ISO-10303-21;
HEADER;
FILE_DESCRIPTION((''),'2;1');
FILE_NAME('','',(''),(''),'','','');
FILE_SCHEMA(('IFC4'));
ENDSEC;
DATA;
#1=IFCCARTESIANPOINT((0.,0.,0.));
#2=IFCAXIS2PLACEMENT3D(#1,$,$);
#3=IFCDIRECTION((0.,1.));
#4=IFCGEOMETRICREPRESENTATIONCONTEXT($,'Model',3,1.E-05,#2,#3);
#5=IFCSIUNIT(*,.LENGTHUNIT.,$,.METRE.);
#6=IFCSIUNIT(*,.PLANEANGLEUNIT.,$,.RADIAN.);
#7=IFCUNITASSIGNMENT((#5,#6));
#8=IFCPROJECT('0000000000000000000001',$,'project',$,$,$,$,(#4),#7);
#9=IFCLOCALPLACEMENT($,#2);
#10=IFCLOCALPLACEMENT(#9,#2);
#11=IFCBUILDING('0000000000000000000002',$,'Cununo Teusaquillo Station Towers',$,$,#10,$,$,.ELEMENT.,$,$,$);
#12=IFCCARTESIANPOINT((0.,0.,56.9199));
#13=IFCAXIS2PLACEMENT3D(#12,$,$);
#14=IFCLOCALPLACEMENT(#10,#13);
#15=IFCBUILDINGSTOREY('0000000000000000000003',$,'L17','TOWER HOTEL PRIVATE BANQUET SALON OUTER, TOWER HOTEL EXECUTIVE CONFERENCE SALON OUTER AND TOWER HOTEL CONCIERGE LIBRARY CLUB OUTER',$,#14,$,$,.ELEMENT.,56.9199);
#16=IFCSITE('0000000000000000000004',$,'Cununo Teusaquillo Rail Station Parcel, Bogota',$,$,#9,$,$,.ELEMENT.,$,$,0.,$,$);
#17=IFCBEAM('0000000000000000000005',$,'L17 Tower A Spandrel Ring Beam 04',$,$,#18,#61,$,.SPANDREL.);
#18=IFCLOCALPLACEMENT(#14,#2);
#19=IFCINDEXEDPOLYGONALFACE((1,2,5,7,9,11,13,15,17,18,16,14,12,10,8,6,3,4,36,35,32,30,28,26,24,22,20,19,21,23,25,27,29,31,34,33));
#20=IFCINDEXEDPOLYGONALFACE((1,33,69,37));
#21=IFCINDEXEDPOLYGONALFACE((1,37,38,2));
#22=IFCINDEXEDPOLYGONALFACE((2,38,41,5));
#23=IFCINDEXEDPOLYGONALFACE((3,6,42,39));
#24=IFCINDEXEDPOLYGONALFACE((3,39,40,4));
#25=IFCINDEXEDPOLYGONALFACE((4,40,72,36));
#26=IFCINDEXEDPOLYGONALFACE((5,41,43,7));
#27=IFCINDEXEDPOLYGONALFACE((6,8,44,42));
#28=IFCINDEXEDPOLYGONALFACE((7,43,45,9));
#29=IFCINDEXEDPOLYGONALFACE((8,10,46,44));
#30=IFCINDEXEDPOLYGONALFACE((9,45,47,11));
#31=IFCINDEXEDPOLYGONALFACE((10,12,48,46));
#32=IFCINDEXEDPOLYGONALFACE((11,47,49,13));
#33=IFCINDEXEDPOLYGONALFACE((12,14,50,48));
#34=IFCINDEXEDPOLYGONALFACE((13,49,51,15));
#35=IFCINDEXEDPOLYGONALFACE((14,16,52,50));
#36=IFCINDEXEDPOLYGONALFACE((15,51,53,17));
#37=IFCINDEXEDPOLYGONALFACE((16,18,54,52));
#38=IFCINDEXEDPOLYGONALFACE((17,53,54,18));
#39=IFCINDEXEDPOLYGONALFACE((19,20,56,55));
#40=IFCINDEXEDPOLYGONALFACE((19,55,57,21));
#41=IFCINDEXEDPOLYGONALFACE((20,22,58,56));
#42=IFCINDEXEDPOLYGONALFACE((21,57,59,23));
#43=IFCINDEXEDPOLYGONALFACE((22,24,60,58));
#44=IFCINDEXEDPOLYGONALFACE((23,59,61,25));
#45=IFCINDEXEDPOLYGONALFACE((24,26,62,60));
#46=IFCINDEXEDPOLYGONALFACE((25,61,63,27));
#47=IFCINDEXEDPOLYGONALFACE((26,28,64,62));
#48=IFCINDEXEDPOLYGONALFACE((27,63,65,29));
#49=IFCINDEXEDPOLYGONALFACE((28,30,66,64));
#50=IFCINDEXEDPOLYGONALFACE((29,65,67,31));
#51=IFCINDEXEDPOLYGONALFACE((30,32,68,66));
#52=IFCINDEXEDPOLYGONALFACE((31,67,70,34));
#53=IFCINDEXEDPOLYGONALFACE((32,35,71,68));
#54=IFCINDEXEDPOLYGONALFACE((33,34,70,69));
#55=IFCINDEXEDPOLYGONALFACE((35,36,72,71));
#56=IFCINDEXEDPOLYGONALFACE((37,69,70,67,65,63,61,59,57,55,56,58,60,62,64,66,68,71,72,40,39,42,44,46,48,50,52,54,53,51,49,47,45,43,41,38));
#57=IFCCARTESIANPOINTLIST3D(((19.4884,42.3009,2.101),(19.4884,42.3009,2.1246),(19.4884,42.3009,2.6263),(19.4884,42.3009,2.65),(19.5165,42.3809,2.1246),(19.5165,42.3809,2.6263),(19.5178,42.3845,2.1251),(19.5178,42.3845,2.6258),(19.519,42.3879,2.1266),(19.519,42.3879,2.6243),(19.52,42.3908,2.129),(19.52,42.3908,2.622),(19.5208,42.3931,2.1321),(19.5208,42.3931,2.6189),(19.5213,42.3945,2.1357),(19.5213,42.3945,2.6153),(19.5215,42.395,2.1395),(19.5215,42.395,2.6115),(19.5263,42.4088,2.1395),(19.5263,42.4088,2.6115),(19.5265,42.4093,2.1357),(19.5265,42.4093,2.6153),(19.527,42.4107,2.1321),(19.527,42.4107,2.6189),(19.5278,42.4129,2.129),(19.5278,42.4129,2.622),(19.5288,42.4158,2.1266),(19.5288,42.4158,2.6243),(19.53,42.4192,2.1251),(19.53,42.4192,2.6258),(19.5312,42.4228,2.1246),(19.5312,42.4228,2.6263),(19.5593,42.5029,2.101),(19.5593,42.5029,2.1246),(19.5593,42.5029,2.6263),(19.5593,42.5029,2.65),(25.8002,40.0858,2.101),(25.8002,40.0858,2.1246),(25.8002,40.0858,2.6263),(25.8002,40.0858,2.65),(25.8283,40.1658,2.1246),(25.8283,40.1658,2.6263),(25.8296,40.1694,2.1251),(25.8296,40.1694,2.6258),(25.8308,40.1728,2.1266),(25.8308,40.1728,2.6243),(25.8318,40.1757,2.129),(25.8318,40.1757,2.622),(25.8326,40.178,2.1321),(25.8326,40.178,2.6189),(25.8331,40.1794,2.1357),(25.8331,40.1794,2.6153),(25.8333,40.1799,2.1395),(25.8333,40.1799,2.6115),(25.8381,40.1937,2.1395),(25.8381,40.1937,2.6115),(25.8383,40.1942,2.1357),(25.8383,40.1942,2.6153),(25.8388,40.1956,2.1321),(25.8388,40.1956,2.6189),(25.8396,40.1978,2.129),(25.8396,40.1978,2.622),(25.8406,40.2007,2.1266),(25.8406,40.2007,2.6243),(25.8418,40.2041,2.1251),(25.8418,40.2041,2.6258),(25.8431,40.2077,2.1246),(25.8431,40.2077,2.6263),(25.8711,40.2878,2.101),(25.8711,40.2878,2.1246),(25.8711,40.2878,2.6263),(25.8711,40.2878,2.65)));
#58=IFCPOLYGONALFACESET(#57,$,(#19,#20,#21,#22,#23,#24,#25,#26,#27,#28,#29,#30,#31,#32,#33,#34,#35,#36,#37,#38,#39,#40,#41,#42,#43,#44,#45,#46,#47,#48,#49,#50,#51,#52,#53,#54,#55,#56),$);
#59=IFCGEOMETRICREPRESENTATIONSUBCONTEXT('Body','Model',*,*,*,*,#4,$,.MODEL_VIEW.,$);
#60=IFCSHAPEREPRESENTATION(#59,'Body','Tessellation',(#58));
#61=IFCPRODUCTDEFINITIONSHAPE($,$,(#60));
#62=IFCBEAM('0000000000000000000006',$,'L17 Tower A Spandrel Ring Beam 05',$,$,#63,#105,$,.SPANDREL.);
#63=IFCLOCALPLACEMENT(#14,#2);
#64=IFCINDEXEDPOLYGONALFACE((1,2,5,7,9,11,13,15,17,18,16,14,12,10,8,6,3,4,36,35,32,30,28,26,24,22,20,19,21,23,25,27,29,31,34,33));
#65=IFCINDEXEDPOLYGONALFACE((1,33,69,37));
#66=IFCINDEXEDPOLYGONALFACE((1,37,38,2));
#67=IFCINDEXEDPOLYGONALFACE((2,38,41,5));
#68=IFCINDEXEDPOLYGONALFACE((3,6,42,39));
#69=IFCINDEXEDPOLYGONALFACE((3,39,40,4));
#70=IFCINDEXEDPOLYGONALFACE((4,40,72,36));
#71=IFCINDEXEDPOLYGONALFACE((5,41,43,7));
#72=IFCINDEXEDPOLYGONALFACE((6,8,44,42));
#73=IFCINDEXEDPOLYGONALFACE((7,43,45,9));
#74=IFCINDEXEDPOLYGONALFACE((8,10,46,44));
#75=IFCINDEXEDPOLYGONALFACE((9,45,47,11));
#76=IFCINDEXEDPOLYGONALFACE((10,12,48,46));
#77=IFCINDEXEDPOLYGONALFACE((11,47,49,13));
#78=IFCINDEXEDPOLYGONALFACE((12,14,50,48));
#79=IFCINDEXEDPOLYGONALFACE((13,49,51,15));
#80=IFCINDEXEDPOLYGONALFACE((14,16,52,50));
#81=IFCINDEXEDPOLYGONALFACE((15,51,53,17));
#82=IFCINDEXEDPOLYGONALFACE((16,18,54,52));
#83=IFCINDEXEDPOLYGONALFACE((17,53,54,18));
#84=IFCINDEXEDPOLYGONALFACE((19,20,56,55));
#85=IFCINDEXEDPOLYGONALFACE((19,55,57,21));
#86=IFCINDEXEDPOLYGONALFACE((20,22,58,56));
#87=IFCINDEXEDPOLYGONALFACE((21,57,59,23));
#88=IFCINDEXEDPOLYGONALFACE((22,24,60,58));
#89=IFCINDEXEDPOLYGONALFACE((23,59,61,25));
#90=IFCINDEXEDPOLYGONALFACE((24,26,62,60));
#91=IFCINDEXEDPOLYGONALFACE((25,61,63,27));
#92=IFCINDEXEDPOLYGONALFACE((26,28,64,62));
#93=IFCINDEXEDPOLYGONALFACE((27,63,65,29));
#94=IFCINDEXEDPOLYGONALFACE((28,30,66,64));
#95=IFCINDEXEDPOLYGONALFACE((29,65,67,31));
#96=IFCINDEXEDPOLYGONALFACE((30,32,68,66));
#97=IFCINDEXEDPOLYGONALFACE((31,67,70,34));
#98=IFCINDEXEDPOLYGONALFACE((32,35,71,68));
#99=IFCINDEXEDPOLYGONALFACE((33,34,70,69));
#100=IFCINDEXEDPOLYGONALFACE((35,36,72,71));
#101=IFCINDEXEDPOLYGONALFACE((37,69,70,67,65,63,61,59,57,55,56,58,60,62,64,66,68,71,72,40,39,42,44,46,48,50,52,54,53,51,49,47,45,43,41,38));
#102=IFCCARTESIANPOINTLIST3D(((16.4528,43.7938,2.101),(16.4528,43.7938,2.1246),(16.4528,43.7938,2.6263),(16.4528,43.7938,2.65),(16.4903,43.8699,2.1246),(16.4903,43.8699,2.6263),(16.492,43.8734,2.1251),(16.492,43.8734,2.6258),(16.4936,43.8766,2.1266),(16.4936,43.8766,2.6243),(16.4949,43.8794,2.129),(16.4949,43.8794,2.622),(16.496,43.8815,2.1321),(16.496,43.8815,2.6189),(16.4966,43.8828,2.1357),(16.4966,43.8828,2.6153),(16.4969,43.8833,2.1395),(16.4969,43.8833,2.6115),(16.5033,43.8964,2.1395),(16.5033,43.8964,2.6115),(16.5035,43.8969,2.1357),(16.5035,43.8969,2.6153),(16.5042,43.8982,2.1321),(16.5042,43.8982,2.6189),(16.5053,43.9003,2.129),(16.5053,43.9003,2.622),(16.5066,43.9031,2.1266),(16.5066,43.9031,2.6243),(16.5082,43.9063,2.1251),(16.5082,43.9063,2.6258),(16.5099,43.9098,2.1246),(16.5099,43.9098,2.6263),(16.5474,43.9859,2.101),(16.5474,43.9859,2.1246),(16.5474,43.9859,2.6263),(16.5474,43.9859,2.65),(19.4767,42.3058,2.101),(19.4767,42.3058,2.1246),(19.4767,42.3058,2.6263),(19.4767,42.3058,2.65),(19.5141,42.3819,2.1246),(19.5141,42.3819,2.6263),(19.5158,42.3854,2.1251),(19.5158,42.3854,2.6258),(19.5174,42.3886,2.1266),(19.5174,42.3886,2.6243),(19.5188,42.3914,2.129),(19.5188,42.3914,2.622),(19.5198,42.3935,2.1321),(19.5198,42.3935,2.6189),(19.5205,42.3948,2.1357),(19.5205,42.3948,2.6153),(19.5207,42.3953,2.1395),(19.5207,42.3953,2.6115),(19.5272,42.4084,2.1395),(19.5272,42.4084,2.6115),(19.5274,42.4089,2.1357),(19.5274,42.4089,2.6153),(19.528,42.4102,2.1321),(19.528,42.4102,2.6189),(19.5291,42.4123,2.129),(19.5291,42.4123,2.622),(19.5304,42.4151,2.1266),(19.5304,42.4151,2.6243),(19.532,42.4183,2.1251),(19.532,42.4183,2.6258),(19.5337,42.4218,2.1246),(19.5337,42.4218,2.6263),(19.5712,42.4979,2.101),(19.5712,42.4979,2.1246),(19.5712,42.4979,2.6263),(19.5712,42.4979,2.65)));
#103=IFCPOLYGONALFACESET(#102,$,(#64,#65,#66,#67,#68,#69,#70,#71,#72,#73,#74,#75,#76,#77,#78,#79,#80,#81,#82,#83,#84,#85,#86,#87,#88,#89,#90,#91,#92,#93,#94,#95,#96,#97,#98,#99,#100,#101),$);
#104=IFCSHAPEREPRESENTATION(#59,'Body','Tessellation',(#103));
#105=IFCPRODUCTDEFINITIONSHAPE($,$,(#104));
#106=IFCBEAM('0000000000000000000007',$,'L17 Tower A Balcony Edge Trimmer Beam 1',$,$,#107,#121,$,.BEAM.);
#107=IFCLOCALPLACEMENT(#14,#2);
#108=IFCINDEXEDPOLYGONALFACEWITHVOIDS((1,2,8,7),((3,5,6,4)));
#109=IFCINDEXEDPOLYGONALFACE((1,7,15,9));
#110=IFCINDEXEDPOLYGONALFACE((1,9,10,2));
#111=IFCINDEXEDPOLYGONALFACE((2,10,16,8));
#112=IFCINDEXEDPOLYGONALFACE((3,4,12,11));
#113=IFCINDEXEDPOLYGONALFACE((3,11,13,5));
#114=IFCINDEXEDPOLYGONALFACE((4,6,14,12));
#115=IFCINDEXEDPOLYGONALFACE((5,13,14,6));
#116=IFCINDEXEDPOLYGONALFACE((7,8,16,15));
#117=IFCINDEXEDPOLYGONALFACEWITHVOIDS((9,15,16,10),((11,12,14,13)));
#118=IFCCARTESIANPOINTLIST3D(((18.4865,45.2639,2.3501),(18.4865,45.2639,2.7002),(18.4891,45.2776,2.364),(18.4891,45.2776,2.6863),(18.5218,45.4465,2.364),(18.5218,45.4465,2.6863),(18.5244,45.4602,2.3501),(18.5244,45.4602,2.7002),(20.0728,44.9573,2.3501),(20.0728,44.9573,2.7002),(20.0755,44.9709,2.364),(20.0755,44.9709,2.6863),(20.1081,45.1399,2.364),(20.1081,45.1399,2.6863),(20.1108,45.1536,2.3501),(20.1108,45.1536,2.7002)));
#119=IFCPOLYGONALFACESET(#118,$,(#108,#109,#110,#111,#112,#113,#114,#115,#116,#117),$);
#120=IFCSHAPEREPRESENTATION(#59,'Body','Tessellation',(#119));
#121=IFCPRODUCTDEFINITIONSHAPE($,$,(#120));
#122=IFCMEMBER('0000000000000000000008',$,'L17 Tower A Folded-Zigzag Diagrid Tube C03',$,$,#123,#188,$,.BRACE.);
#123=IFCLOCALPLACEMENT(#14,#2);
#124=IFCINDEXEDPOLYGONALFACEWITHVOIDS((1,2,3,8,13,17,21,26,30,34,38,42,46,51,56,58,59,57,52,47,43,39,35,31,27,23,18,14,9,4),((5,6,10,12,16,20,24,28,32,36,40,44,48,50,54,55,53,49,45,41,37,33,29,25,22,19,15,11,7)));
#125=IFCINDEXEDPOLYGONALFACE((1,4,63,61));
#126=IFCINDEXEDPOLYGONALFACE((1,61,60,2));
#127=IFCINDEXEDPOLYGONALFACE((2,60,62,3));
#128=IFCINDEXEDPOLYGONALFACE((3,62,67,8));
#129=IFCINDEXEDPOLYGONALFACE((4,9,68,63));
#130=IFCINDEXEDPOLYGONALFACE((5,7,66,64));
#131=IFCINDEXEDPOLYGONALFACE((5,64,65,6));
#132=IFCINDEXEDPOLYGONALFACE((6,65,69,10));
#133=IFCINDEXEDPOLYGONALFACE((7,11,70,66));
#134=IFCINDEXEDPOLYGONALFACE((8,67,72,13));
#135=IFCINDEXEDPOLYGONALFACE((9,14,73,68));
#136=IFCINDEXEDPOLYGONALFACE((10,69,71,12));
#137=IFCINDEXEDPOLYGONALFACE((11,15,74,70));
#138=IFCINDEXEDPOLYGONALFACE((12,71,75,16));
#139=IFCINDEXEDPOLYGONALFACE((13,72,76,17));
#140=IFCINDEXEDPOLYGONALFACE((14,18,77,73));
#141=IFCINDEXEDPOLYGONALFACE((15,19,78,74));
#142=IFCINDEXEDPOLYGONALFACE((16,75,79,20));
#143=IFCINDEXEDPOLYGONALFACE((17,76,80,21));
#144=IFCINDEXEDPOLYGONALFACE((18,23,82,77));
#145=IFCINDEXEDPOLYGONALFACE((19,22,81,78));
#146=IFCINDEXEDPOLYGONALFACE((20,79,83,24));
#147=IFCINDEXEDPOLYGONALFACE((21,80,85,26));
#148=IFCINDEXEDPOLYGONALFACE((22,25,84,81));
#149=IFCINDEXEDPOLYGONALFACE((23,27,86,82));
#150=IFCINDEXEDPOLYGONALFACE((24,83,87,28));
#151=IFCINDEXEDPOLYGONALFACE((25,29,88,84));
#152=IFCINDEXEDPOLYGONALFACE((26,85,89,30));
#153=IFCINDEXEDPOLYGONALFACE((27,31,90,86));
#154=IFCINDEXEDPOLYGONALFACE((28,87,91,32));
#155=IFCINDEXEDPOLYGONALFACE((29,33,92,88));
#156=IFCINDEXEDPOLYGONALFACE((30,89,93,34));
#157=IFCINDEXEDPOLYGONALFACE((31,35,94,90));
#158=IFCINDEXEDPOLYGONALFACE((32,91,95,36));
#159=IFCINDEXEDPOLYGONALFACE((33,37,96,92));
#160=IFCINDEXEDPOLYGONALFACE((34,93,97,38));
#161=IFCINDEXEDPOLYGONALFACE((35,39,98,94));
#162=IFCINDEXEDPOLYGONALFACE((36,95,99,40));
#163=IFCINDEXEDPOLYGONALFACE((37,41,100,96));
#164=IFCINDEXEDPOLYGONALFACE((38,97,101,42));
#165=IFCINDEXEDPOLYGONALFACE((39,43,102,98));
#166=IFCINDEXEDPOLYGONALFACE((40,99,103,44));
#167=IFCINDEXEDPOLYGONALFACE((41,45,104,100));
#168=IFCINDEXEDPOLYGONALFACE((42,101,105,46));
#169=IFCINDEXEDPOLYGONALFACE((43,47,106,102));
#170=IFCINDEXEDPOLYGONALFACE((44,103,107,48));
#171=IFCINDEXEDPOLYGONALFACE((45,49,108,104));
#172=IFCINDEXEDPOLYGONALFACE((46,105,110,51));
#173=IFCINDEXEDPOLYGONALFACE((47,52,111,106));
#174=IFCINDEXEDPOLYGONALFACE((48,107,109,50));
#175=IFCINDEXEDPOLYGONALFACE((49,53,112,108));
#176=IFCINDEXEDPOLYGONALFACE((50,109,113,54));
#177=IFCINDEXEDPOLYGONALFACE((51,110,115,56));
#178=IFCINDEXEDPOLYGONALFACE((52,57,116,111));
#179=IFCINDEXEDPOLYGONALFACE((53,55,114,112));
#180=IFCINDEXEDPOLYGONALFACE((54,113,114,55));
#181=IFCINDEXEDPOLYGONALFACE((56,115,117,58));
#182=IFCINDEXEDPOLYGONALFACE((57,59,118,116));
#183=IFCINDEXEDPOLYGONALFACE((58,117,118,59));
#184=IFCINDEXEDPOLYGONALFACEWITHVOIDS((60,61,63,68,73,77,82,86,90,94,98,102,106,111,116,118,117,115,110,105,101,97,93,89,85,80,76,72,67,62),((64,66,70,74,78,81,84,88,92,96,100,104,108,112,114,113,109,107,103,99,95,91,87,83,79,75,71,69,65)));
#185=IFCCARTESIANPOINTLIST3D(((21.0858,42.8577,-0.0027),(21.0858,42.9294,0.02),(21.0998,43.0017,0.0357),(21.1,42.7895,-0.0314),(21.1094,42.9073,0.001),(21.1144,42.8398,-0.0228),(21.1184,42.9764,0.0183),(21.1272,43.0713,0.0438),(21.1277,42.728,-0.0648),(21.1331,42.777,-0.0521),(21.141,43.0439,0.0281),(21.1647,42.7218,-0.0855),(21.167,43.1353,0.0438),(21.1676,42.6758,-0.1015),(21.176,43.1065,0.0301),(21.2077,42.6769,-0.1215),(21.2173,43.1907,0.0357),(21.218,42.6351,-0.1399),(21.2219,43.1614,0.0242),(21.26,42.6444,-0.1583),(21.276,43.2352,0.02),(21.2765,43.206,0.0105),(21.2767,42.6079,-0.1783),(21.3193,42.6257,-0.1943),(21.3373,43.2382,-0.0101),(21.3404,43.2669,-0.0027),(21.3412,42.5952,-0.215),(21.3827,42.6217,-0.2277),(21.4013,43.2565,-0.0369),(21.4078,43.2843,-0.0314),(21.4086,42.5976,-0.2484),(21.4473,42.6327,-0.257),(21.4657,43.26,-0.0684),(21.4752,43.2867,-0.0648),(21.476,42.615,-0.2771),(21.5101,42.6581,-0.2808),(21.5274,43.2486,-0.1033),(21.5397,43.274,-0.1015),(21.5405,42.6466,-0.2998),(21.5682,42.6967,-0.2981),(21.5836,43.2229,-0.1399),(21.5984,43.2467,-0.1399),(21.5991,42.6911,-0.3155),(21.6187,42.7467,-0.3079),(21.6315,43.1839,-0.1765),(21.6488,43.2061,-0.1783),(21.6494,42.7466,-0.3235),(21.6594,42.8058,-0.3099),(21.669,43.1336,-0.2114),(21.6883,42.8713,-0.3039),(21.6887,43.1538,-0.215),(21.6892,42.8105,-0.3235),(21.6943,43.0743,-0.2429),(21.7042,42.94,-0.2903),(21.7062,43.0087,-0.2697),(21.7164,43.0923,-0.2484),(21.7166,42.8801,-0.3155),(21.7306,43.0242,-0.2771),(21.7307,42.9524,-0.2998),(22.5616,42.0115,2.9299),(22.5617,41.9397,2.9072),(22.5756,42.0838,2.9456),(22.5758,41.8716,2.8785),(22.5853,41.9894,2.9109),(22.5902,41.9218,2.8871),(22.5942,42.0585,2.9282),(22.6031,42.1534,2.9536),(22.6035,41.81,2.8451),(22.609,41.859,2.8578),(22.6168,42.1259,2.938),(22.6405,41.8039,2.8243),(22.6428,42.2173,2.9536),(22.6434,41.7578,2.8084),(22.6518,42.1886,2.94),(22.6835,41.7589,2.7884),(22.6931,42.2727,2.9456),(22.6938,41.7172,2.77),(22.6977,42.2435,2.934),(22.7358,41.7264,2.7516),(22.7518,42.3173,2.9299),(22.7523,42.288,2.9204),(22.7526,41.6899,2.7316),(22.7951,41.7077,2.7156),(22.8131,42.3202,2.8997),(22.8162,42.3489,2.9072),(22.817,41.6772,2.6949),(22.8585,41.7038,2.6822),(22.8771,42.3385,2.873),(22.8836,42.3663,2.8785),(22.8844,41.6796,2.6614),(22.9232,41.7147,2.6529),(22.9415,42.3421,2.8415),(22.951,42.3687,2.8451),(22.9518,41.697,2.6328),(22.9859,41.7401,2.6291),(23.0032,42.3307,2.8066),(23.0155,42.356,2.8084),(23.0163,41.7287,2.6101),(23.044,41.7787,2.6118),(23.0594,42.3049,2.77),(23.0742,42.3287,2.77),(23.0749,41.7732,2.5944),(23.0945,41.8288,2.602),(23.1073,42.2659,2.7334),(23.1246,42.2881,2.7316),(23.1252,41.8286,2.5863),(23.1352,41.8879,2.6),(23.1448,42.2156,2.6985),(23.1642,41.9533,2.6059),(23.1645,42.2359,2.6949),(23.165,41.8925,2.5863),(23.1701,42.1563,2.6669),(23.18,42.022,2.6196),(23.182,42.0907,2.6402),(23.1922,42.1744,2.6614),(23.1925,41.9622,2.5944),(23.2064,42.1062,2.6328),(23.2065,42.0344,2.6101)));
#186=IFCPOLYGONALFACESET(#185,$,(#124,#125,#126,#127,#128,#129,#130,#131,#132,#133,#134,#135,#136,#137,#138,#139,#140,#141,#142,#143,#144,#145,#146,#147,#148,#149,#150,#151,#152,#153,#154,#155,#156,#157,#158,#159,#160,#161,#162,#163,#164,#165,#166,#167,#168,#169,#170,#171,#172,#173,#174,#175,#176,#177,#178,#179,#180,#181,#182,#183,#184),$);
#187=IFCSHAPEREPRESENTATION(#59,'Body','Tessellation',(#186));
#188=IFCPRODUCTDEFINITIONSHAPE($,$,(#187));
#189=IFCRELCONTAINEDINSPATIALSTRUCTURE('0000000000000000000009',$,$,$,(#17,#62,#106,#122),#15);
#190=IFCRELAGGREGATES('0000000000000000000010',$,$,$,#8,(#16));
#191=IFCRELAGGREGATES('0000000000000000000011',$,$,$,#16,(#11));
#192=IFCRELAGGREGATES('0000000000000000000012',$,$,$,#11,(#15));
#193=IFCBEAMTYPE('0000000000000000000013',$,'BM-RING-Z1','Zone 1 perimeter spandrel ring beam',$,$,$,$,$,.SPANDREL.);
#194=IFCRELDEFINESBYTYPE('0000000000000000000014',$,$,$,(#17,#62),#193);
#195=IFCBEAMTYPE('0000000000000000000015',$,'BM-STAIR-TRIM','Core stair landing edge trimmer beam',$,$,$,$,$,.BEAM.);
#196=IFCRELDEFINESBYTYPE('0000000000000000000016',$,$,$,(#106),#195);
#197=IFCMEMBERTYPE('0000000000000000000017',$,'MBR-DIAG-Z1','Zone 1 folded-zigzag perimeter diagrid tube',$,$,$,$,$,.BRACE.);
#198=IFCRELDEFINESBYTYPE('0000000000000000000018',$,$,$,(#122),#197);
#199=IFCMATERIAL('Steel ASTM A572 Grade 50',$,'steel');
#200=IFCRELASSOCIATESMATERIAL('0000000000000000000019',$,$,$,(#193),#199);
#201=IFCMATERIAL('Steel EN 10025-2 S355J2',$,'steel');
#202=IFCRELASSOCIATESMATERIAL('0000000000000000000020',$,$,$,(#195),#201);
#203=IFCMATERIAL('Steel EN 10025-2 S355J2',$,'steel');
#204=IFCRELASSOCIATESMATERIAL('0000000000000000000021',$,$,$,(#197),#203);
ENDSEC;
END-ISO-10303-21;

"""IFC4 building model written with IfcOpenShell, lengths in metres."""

from ifc_helpers import new_model, si_unit, direction, frame, origin, origin_2d, place, context, subcontext, project, spatial, hollow_rectangle, hollow_circle, i_section, extrude, material, material_profile, profile_set, type_object, element, save


model = new_model("IFC4")

# Units and contexts
model_context = context("Model", 3, precision=1e-05, world=origin(), true_north=direction((0.0, 1.0)))
body_context = subcontext(model_context, "Body", "Model", "MODEL_VIEW")
ifc_project = project(units=[si_unit("LENGTHUNIT", "METRE"), si_unit("PLANEANGLEUNIT", "RADIAN")], contexts=[model_context])

# Site, building, storey
site_placement = place(None, origin())
site = spatial("IfcSite", under=ifc_project, at=site_placement, Name="Cununo Teusaquillo Rail Station Parcel, Bogota", CompositionType="ELEMENT", RefElevation=0.0)
building_placement = place(site_placement, origin())
building = spatial("IfcBuilding", under=site, at=building_placement, Name="Cununo Teusaquillo Station Towers", CompositionType="ELEMENT")
storey_placement = place(building_placement, frame((0.0, 0.0, 56.9199)))
storey = spatial("IfcBuildingStorey", under=building, at=storey_placement, Name="L17", Description="TOWER HOTEL PRIVATE BANQUET SALON OUTER, TOWER HOTEL EXECUTIVE CONFERENCE SALON OUTER AND TOWER HOTEL CONCIERGE LIBRARY CLUB OUTER", CompositionType="ELEMENT", Elevation=56.9199)

# Beams
ifc_material_1 = material(Name="Steel ASTM A572 Grade 50", Category="steel")
ifc_material_profile_1 = material_profile(ifc_material_1, i_section(OverallWidth=0.2141, OverallDepth=0.5491, WebThickness=0.0146, FlangeThickness=0.0237, FilletRadius=0.0149, at=origin_2d()), Name="W21X93")
ifc_profile_set_1 = profile_set([ifc_material_profile_1], Name="Steel ASTM A572 Grade 50")
beam_type_1 = type_object("IfcBeamType", Name="BM-RING-Z1", Description="Zone 1 perimeter spandrel ring beam", PredefinedType="SPANDREL", material=ifc_profile_set_1)
beam_1_placement = place(storey_placement, frame((25.8357, 40.1868, 2.3755), z_axis=(-0.94358, 0.331145, 0.0), x_axis=(-0.331145, -0.94358, 0.0)))
element("IfcBeam", 1, at=beam_1_placement, inside=storey, type_object=beam_type_1, Name="L17 Tower A Spandrel Ring Beam 04", PredefinedType="SPANDREL", context=body_context, shape_type="SweptSolid", body=[
    extrude(i_section(OverallWidth=0.2141, OverallDepth=0.5491, WebThickness=0.0146, FlangeThickness=0.0237, FilletRadius=0.0149, at=origin_2d()), origin(), (0.0, 0.0, 1.0), 6.6892),
])
beam_2_placement = place(storey_placement, frame((19.5239, 42.4019, 2.3755), z_axis=(-0.897249, 0.441525, 0.0), x_axis=(-0.441525, -0.897249, 0.0)))
element("IfcBeam", 2, at=beam_2_placement, inside=storey, type_object=beam_type_1, Name="L17 Tower A Spandrel Ring Beam 05", PredefinedType="SPANDREL", context=body_context, shape_type="SweptSolid", body=[
    extrude(i_section(OverallWidth=0.2141, OverallDepth=0.5491, WebThickness=0.0146, FlangeThickness=0.0237, FilletRadius=0.0149, at=origin_2d()), origin(), (0.0, 0.0, 1.0), 3.3701),
])
ifc_material_2 = material(Name="Steel EN 10025-2 S355J2", Category="steel")
ifc_material_profile_2 = material_profile(ifc_material_2, hollow_rectangle(XDim=0.2, YDim=0.3501, WallThickness=0.0139, at=origin_2d()), Name="RHS 350x200x14")
ifc_profile_set_2 = profile_set([ifc_material_profile_2], Name="Steel EN 10025-2 S355J2")
beam_type_2 = type_object("IfcBeamType", Name="BM-STAIR-TRIM", Description="Core stair landing edge trimmer beam", PredefinedType="BEAM", material=ifc_profile_set_2)
beam_3_placement = place(storey_placement, frame((20.0918, 45.0554, 2.5251), z_axis=(-0.981827, 0.189778, 0.0), x_axis=(-0.189778, -0.981827, 0.0)))
element("IfcBeam", 3, at=beam_3_placement, inside=storey, type_object=beam_type_2, Name="L17 Tower A Balcony Edge Trimmer Beam 1", PredefinedType="BEAM", context=body_context, shape_type="SweptSolid", body=[
    extrude(hollow_rectangle(XDim=0.2, YDim=0.3501, WallThickness=0.0139, at=origin_2d()), origin(), (0.0, 0.0, 1.0), 1.6157),
])

# Member
ifc_material_3 = material(Name="Steel EN 10025-2 S355J2", Category="steel")
ifc_material_profile_3 = material_profile(ifc_material_3, hollow_circle(Radius=0.3601, WallThickness=0.0281, at=origin_2d()), Name="CHS 720x28")
ifc_profile_set_3 = profile_set([ifc_material_profile_3], Name="Steel EN 10025-2 S355J2")
member_type = type_object("IfcMemberType", Name="MBR-DIAG-Z1", Description="Zone 1 folded-zigzag perimeter diagrid tube", PredefinedType="BRACE", material=ifc_profile_set_3)
member_placement = place(storey_placement, frame((21.4082, 42.9409, -0.1399), z_axis=(0.43542, -0.270832, 0.858522), x_axis=(0.528167, 0.849141, 0.0)))
element("IfcMember", 4, at=member_placement, inside=storey, type_object=member_type, Name="L17 Tower A Folded-Zigzag Diagrid Tube C03", PredefinedType="BRACE", context=body_context, shape_type="SweptSolid", body=[
    extrude(hollow_circle(Radius=0.3601, WallThickness=0.0281, at=origin_2d()), origin(), (0.0, 0.0, 1.0), 3.3894),
])

save(model, "model.ifc")
